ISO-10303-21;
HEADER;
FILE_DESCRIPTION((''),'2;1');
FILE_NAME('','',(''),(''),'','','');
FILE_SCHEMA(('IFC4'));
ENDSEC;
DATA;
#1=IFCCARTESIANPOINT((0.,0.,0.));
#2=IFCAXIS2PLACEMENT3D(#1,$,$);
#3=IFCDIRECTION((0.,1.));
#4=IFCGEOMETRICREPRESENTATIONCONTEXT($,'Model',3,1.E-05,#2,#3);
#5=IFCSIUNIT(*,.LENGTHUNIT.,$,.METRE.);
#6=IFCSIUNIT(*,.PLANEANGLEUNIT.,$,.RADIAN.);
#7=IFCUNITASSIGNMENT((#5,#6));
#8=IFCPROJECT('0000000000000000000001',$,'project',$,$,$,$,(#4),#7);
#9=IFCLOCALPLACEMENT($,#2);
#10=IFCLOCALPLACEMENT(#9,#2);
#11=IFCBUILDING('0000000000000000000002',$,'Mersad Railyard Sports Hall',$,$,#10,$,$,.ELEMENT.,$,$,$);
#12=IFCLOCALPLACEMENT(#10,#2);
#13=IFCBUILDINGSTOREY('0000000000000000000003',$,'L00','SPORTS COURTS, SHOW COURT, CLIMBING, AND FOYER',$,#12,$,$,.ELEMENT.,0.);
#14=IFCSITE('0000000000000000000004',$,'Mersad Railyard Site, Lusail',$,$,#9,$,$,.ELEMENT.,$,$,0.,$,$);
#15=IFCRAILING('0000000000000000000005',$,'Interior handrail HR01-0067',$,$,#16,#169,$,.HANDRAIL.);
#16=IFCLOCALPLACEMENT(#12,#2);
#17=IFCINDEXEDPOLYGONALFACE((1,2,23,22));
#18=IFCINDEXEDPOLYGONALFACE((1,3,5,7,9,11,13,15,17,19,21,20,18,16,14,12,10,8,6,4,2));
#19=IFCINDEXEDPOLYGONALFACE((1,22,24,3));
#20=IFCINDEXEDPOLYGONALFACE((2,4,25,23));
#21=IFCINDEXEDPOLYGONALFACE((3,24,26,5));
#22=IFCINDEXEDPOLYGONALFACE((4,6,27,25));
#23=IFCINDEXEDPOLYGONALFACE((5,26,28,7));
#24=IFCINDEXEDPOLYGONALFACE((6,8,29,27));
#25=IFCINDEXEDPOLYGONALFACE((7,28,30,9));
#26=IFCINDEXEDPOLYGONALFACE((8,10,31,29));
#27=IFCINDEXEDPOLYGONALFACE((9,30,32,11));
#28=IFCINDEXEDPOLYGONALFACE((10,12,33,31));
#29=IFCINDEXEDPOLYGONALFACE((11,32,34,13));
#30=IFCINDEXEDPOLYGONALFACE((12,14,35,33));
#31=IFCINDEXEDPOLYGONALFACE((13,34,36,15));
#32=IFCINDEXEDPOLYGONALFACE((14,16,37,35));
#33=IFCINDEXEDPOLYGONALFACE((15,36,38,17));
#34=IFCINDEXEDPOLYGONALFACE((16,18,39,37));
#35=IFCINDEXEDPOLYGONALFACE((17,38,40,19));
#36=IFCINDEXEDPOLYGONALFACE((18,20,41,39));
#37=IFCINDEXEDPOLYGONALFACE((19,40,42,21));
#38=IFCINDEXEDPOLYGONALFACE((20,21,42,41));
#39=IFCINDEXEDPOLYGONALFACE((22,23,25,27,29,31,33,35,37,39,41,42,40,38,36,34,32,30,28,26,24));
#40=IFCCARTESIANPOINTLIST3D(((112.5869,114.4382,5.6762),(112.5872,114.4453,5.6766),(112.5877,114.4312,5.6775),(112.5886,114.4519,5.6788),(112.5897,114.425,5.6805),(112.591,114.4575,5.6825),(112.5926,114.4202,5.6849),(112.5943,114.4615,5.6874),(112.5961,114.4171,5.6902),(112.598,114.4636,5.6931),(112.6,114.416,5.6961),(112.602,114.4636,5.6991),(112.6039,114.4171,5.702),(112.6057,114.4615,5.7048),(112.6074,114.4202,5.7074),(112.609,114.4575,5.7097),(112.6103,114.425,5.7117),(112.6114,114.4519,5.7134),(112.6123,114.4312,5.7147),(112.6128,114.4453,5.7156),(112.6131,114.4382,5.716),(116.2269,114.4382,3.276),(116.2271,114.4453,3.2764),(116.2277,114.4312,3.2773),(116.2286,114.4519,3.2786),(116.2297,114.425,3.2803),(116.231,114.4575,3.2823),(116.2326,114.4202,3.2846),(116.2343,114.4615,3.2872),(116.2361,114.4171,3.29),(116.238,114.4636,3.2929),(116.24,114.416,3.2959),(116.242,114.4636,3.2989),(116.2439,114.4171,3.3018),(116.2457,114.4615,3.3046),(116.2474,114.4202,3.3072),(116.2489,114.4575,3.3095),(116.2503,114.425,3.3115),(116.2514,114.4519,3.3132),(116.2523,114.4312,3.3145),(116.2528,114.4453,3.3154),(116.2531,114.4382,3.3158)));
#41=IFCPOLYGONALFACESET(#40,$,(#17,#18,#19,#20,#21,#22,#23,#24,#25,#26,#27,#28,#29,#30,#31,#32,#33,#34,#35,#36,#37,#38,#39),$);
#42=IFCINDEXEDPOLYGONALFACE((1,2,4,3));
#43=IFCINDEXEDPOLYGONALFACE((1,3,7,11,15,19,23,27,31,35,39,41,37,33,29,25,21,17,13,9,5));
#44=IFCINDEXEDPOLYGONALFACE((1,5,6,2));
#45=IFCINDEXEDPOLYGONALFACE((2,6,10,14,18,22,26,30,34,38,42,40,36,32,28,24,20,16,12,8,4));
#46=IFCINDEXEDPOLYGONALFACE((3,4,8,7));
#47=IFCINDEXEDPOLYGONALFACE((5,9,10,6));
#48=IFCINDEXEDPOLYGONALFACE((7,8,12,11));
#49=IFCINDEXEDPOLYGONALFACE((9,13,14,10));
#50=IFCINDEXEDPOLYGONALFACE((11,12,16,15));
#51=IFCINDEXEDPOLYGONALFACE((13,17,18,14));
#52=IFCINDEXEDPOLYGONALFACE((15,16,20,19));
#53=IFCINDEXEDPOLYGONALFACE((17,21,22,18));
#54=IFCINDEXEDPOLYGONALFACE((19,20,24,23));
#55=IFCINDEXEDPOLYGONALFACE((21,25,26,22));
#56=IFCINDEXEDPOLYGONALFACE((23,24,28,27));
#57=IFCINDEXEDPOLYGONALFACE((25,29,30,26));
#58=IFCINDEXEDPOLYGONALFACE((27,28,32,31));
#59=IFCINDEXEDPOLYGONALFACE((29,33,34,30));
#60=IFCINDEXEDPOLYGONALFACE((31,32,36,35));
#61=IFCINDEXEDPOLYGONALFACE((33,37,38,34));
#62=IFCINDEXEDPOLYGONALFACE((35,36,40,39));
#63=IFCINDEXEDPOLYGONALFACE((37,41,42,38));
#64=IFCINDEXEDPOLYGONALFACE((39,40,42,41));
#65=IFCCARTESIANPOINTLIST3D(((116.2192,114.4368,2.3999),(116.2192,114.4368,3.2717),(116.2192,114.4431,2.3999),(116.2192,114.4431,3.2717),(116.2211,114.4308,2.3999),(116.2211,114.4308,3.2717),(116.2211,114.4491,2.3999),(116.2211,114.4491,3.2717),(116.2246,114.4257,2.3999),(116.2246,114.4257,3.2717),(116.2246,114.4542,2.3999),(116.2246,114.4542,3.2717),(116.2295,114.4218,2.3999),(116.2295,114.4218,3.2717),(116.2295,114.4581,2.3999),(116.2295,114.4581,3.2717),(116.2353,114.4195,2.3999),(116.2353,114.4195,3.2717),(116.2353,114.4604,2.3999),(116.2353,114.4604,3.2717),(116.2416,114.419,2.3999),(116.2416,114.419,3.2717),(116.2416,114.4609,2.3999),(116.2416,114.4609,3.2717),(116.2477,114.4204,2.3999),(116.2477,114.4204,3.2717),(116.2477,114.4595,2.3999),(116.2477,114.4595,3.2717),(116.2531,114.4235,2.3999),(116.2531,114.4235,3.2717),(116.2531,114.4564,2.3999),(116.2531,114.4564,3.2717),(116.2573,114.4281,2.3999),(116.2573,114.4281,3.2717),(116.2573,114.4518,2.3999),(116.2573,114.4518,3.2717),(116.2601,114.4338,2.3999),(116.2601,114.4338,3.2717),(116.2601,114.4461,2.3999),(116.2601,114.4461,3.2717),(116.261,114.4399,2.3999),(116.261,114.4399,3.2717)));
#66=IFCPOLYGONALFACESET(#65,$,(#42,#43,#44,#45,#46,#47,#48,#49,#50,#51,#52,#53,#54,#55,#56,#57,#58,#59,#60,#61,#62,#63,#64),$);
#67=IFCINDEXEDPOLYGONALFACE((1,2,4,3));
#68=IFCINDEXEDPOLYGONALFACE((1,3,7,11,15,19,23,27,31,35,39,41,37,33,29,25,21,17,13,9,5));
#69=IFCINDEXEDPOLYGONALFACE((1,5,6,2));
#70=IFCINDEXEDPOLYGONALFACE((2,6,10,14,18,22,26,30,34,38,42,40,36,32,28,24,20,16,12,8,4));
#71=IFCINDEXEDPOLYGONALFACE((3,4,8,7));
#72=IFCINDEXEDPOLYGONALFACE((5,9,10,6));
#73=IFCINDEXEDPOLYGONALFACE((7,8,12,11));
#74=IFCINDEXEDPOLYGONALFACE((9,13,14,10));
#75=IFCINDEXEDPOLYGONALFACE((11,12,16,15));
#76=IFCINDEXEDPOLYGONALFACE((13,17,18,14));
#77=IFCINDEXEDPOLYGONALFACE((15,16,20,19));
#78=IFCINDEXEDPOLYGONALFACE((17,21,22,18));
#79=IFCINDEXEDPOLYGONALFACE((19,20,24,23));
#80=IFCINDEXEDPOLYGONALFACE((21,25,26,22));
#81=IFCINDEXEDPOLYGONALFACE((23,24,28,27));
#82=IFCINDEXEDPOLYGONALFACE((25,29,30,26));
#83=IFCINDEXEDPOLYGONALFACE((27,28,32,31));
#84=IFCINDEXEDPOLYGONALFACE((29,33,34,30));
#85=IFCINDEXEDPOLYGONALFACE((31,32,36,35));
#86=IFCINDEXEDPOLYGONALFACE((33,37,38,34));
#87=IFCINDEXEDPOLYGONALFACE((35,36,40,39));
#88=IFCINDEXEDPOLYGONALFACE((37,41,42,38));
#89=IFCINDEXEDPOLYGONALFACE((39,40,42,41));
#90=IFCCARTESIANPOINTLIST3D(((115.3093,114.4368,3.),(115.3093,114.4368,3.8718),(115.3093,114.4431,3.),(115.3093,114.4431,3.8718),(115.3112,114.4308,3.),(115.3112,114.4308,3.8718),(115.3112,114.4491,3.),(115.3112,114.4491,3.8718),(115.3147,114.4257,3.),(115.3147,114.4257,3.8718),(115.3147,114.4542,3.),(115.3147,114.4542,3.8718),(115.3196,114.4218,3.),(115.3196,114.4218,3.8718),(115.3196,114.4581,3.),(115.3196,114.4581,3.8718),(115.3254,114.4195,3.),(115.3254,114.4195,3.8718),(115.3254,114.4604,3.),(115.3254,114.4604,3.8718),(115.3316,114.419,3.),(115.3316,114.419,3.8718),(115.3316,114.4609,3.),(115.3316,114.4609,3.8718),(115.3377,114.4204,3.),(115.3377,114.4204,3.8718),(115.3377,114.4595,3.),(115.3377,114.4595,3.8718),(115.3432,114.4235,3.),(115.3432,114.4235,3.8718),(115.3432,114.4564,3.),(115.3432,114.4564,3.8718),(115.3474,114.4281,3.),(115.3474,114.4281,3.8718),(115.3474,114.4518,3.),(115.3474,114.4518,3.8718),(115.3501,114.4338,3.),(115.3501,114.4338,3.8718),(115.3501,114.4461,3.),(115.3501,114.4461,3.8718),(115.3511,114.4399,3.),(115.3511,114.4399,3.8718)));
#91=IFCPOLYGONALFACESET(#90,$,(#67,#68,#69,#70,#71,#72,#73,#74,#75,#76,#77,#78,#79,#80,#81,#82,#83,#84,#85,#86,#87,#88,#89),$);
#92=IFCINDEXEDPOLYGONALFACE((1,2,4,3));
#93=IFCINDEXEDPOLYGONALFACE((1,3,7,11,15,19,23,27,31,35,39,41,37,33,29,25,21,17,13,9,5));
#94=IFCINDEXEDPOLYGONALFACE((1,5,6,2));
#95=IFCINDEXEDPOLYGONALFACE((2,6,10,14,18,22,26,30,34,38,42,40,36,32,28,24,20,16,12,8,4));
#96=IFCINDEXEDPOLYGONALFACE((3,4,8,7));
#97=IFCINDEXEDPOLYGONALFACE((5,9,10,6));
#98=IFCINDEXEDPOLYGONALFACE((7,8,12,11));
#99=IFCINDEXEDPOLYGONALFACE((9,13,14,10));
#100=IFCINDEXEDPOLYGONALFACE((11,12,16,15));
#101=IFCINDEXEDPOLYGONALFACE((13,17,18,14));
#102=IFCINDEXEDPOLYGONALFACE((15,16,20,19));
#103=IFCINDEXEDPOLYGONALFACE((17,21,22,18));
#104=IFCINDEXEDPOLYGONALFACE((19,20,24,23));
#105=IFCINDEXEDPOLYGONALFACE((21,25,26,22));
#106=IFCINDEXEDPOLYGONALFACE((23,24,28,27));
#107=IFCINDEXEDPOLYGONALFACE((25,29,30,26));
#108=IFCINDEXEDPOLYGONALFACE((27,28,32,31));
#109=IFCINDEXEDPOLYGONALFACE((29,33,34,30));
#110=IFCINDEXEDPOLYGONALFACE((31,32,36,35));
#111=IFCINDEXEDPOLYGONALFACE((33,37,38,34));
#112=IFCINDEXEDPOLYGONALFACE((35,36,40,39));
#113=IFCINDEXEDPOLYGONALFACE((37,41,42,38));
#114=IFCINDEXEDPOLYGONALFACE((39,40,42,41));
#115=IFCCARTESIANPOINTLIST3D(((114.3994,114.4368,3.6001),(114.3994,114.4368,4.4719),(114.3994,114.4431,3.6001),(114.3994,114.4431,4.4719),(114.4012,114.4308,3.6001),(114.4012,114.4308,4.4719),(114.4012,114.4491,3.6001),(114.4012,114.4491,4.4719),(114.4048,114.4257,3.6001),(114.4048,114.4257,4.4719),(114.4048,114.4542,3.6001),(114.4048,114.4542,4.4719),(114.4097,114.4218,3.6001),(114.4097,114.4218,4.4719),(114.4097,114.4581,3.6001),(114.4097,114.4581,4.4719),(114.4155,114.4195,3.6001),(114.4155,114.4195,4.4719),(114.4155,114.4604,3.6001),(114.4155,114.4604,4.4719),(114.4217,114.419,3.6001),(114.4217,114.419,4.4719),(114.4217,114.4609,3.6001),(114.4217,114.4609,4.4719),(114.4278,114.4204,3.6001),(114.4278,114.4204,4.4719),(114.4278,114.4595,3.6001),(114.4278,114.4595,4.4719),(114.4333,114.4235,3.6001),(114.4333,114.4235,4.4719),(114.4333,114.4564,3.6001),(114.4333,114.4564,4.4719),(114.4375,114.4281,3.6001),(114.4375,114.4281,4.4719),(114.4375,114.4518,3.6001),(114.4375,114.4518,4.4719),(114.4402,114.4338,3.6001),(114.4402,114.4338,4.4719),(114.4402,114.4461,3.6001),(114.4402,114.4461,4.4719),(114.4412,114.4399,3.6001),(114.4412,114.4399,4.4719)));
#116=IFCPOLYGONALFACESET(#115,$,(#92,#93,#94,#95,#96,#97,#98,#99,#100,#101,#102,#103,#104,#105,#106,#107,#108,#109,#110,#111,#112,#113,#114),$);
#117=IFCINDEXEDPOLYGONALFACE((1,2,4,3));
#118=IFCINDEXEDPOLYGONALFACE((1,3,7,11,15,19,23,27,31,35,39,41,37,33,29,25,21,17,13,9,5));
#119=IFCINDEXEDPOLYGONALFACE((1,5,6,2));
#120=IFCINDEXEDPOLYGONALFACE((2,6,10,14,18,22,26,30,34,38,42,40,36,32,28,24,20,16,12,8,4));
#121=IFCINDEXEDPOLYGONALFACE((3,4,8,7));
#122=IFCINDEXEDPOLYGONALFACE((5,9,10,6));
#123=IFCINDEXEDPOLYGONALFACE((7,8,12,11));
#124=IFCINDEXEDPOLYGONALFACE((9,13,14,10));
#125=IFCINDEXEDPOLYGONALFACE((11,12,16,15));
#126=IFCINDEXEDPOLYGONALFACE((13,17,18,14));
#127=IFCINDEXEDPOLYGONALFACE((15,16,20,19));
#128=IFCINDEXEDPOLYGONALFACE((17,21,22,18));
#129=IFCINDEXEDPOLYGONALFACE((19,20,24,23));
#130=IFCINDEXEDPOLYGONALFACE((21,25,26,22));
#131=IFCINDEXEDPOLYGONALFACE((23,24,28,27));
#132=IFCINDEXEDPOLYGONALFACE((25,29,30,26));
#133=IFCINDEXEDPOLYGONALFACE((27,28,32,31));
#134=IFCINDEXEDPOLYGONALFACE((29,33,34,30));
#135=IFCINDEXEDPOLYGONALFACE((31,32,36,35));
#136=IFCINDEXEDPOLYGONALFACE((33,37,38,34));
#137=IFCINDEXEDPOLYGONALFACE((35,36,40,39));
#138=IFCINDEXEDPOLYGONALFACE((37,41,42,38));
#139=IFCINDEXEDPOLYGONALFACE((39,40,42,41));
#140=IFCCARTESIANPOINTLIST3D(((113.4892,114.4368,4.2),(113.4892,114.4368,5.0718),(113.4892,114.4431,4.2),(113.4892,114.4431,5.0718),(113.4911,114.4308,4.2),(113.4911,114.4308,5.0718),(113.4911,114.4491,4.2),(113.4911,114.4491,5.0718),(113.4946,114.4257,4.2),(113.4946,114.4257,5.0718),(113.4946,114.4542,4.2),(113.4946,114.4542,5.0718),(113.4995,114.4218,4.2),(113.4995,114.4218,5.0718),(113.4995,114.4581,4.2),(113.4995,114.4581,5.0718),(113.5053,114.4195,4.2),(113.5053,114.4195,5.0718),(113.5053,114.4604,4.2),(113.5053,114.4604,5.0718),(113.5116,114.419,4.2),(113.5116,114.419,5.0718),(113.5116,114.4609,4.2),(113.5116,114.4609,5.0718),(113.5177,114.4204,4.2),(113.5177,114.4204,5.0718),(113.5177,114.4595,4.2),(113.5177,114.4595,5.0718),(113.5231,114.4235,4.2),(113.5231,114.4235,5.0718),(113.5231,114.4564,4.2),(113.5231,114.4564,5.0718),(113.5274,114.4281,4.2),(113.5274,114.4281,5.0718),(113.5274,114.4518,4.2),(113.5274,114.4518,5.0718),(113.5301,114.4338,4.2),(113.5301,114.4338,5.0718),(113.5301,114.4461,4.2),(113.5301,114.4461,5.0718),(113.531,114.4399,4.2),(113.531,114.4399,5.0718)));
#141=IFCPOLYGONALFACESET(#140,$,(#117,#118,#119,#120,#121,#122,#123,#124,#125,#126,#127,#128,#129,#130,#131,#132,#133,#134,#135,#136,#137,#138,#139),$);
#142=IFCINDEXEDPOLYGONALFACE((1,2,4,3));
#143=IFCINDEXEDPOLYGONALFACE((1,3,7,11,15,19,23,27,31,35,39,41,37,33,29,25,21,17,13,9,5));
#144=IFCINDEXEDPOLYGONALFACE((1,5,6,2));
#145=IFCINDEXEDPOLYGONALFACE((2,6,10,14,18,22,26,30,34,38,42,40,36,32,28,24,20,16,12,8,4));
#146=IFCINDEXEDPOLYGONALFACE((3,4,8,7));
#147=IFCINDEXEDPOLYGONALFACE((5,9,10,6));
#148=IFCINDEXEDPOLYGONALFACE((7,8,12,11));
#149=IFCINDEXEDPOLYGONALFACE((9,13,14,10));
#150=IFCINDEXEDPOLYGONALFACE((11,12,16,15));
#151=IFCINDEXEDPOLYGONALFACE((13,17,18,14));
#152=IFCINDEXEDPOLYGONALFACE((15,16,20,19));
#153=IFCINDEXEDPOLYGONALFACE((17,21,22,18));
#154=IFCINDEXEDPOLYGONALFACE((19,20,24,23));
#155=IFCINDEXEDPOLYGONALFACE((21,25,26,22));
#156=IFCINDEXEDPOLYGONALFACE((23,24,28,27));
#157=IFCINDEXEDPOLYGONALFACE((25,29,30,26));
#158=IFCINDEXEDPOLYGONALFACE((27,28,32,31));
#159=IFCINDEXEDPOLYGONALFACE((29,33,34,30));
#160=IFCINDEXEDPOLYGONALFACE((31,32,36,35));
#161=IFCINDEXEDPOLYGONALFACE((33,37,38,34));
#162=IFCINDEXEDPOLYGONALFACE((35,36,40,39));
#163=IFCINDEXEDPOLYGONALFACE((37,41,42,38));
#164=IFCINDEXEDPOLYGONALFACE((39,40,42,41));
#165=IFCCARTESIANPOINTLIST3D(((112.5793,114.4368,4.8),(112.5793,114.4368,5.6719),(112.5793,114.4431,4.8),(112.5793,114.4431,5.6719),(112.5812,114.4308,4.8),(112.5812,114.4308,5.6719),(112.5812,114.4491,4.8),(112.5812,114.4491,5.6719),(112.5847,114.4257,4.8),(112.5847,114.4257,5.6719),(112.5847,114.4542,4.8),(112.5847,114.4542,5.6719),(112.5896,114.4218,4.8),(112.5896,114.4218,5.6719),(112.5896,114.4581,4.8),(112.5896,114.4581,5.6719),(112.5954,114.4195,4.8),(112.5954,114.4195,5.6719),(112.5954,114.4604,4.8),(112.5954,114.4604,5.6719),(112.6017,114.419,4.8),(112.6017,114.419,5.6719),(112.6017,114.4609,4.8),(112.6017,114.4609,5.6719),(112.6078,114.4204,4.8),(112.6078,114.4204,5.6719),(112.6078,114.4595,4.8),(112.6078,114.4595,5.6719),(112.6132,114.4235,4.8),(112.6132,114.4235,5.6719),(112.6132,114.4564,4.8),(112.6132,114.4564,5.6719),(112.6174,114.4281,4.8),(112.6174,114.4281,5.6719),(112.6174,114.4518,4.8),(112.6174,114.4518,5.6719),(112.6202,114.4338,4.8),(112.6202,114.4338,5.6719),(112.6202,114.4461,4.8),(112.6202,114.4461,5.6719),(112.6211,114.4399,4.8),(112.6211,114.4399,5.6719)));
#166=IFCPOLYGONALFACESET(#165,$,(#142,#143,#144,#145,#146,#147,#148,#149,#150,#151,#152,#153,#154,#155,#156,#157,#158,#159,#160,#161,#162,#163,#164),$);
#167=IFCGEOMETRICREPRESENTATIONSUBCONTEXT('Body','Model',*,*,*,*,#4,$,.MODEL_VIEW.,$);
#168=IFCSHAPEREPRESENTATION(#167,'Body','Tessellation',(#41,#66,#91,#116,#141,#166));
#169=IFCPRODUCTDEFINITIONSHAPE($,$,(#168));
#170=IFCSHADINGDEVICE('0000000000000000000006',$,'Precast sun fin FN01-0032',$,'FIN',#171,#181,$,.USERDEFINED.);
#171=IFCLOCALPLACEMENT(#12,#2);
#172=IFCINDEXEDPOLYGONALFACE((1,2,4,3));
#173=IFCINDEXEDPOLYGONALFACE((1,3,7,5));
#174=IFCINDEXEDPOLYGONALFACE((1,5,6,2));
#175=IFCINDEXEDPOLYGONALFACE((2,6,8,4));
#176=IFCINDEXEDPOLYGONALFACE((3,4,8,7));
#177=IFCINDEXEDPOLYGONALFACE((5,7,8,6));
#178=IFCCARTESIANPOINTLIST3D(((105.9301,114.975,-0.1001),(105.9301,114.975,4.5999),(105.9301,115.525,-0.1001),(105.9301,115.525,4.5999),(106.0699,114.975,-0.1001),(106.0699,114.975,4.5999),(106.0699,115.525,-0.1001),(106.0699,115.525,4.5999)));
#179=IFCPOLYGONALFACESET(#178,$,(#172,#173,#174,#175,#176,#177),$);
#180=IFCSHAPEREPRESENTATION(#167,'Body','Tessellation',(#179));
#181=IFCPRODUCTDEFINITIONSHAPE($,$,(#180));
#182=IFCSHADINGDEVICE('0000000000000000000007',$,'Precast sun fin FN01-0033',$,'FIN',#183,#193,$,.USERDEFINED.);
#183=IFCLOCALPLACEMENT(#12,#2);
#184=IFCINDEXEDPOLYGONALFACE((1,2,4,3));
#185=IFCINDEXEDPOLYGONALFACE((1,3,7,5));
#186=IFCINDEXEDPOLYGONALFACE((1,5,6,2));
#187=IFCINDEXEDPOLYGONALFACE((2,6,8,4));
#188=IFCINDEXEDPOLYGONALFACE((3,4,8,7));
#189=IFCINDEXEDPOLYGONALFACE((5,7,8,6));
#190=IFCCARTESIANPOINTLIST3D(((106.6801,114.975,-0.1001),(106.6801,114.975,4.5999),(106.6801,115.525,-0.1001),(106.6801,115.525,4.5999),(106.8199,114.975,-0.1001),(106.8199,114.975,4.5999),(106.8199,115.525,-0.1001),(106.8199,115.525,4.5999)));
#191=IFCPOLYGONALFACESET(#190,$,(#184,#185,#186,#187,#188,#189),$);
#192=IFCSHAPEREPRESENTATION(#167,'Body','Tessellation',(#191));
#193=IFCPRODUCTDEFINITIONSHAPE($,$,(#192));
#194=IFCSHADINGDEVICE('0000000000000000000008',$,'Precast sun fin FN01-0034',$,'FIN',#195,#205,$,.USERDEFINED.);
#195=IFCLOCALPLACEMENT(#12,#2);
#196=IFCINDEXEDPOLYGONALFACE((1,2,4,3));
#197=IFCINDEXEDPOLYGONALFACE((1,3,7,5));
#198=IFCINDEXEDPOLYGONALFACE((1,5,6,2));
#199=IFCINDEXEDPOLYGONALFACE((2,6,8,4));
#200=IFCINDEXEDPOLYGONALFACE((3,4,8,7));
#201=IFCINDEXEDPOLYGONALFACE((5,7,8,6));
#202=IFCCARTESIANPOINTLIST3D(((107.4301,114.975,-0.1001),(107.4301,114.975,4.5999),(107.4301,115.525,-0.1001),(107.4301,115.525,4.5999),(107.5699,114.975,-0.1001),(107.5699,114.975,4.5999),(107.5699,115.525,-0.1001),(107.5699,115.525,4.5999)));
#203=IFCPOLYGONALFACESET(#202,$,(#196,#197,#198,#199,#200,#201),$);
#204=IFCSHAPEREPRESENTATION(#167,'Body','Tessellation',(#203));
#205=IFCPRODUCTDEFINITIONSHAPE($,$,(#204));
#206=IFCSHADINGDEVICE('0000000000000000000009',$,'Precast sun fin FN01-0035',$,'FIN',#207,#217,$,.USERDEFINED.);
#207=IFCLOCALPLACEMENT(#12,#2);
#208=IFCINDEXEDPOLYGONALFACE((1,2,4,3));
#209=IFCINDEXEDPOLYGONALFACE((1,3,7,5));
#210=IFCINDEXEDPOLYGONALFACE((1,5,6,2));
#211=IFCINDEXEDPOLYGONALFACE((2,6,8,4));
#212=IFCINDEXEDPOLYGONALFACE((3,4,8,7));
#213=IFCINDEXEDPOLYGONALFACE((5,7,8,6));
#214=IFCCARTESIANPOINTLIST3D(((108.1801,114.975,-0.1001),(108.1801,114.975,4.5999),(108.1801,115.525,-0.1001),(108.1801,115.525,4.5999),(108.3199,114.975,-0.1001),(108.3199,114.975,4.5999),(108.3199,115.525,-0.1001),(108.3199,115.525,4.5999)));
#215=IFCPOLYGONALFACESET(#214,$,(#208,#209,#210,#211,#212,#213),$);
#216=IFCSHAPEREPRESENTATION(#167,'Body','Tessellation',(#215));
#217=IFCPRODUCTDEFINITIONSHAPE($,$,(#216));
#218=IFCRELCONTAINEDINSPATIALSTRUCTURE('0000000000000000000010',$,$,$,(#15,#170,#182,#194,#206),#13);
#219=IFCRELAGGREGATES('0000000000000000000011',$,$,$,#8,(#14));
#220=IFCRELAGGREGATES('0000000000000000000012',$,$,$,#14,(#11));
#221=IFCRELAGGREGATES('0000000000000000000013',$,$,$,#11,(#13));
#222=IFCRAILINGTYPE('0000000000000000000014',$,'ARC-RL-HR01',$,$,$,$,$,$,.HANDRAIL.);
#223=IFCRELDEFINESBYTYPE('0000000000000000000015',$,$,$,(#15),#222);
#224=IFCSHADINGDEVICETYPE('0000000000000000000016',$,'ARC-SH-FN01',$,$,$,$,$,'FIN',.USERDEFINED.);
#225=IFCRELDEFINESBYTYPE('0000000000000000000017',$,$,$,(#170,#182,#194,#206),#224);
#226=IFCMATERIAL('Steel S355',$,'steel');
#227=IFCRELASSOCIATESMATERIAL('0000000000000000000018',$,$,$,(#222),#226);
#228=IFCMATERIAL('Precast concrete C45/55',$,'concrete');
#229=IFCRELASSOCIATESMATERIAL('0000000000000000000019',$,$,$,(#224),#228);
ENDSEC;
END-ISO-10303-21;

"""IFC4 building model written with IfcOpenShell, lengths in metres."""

from ifc_helpers import new_model, si_unit, direction, frame, origin, origin_2d, place, context, subcontext, project, spatial, rectangle, circle, extrude, material, type_object, element, save


model = new_model("IFC4")

# Units and contexts
model_context = context("Model", 3, precision=1e-05, world=origin(), true_north=direction((0.0, 1.0)))
body_context = subcontext(model_context, "Body", "Model", "MODEL_VIEW")
ifc_project = project(units=[si_unit("LENGTHUNIT", "METRE"), si_unit("PLANEANGLEUNIT", "RADIAN")], contexts=[model_context])

# Site, building, storey
site_placement = place(None, origin())
site = spatial("IfcSite", under=ifc_project, at=site_placement, Name="Mersad Railyard Site, Lusail", CompositionType="ELEMENT", RefElevation=0.0)
building_placement = place(site_placement, origin())
building = spatial("IfcBuilding", under=site, at=building_placement, Name="Mersad Railyard Sports Hall", CompositionType="ELEMENT")
storey_placement = place(building_placement, origin())
storey = spatial("IfcBuildingStorey", under=building, at=storey_placement, Name="L00", Description="SPORTS COURTS, SHOW COURT, CLIMBING, AND FOYER", CompositionType="ELEMENT", Elevation=0.0)

# Shared definitions
ifc_material_1 = material(Name="Steel S355", Category="steel")

# Railing
railing_type = type_object("IfcRailingType", Name="ARC-RL-HR01", PredefinedType="HANDRAIL", material=ifc_material_1)
railing_placement = place(storey_placement, frame((116.24, 114.4399, 2.3999)))
element("IfcRailing", 1, at=railing_placement, inside=storey, type_object=railing_type, Name="Interior handrail HR01-0067", PredefinedType="HANDRAIL", context=body_context, shape_type="SweptSolid", body=[
    extrude(circle(Radius=0.0239, at=origin_2d()), frame((0.0, 0.0, 0.896), z_axis=(-0.834839, 0.0, 0.550493), x_axis=(0.0, -1.0, 0.0)), (0.0, 0.0, 1.0), 4.3601),
    extrude(circle(Radius=0.021, at=origin_2d()), origin(), (0.0, 0.0, 1.0), 0.8718),
    extrude(circle(Radius=0.021, at=origin_2d()), frame((-0.9099, 0.0, 0.6001)), (0.0, 0.0, 1.0), 0.8718),
    extrude(circle(Radius=0.021, at=origin_2d()), frame((-1.8198, 0.0, 1.2002)), (0.0, 0.0, 1.0), 0.8718),
    extrude(circle(Radius=0.021, at=origin_2d()), frame((-2.73, 0.0, 1.8)), (0.0, 0.0, 1.0), 0.8718),
    extrude(circle(Radius=0.021, at=origin_2d()), frame((-3.6399, 0.0, 2.4001)), (0.0, 0.0, 1.0), 0.8718),
])

# Shading devices
ifc_material_2 = material(Name="Precast concrete C45/55", Category="concrete")
shading_device_type = type_object("IfcShadingDeviceType", Name="ARC-SH-FN01", ElementType="FIN", PredefinedType="USERDEFINED", material=ifc_material_2)
for number, where, z_axis, x_axis, name in (
    (2, (106.0, 115.25, -0.1001), (0.0, 0.0, 1.0), (1.0, 0.0, 0.0), "Precast sun fin FN01-0032"),
    (3, (106.75, 115.25, -0.1001), (0.0, 0.0, 1.0), (1.0, 0.0, 0.0), "Precast sun fin FN01-0033"),
    (4, (107.5, 115.25, -0.1001), (0.0, 0.0, 1.0), (1.0, 0.0, 0.0), "Precast sun fin FN01-0034"),
    (5, (108.25, 115.25, -0.1001), (0.0, 0.0, 1.0), (1.0, 0.0, 0.0), "Precast sun fin FN01-0035"),
):
    element("IfcShadingDevice", number, at=place(storey_placement, frame(where, z_axis=z_axis, x_axis=x_axis)), inside=storey, type_object=shading_device_type, Name=name, ObjectType="FIN", PredefinedType="USERDEFINED", context=body_context, shape_type="SweptSolid", body=[
        extrude(rectangle(XDim=0.1399, YDim=0.55, at=origin_2d()), origin(), (0.0, 0.0, 1.0), 4.7),
    ])

save(model, "model.ifc")
